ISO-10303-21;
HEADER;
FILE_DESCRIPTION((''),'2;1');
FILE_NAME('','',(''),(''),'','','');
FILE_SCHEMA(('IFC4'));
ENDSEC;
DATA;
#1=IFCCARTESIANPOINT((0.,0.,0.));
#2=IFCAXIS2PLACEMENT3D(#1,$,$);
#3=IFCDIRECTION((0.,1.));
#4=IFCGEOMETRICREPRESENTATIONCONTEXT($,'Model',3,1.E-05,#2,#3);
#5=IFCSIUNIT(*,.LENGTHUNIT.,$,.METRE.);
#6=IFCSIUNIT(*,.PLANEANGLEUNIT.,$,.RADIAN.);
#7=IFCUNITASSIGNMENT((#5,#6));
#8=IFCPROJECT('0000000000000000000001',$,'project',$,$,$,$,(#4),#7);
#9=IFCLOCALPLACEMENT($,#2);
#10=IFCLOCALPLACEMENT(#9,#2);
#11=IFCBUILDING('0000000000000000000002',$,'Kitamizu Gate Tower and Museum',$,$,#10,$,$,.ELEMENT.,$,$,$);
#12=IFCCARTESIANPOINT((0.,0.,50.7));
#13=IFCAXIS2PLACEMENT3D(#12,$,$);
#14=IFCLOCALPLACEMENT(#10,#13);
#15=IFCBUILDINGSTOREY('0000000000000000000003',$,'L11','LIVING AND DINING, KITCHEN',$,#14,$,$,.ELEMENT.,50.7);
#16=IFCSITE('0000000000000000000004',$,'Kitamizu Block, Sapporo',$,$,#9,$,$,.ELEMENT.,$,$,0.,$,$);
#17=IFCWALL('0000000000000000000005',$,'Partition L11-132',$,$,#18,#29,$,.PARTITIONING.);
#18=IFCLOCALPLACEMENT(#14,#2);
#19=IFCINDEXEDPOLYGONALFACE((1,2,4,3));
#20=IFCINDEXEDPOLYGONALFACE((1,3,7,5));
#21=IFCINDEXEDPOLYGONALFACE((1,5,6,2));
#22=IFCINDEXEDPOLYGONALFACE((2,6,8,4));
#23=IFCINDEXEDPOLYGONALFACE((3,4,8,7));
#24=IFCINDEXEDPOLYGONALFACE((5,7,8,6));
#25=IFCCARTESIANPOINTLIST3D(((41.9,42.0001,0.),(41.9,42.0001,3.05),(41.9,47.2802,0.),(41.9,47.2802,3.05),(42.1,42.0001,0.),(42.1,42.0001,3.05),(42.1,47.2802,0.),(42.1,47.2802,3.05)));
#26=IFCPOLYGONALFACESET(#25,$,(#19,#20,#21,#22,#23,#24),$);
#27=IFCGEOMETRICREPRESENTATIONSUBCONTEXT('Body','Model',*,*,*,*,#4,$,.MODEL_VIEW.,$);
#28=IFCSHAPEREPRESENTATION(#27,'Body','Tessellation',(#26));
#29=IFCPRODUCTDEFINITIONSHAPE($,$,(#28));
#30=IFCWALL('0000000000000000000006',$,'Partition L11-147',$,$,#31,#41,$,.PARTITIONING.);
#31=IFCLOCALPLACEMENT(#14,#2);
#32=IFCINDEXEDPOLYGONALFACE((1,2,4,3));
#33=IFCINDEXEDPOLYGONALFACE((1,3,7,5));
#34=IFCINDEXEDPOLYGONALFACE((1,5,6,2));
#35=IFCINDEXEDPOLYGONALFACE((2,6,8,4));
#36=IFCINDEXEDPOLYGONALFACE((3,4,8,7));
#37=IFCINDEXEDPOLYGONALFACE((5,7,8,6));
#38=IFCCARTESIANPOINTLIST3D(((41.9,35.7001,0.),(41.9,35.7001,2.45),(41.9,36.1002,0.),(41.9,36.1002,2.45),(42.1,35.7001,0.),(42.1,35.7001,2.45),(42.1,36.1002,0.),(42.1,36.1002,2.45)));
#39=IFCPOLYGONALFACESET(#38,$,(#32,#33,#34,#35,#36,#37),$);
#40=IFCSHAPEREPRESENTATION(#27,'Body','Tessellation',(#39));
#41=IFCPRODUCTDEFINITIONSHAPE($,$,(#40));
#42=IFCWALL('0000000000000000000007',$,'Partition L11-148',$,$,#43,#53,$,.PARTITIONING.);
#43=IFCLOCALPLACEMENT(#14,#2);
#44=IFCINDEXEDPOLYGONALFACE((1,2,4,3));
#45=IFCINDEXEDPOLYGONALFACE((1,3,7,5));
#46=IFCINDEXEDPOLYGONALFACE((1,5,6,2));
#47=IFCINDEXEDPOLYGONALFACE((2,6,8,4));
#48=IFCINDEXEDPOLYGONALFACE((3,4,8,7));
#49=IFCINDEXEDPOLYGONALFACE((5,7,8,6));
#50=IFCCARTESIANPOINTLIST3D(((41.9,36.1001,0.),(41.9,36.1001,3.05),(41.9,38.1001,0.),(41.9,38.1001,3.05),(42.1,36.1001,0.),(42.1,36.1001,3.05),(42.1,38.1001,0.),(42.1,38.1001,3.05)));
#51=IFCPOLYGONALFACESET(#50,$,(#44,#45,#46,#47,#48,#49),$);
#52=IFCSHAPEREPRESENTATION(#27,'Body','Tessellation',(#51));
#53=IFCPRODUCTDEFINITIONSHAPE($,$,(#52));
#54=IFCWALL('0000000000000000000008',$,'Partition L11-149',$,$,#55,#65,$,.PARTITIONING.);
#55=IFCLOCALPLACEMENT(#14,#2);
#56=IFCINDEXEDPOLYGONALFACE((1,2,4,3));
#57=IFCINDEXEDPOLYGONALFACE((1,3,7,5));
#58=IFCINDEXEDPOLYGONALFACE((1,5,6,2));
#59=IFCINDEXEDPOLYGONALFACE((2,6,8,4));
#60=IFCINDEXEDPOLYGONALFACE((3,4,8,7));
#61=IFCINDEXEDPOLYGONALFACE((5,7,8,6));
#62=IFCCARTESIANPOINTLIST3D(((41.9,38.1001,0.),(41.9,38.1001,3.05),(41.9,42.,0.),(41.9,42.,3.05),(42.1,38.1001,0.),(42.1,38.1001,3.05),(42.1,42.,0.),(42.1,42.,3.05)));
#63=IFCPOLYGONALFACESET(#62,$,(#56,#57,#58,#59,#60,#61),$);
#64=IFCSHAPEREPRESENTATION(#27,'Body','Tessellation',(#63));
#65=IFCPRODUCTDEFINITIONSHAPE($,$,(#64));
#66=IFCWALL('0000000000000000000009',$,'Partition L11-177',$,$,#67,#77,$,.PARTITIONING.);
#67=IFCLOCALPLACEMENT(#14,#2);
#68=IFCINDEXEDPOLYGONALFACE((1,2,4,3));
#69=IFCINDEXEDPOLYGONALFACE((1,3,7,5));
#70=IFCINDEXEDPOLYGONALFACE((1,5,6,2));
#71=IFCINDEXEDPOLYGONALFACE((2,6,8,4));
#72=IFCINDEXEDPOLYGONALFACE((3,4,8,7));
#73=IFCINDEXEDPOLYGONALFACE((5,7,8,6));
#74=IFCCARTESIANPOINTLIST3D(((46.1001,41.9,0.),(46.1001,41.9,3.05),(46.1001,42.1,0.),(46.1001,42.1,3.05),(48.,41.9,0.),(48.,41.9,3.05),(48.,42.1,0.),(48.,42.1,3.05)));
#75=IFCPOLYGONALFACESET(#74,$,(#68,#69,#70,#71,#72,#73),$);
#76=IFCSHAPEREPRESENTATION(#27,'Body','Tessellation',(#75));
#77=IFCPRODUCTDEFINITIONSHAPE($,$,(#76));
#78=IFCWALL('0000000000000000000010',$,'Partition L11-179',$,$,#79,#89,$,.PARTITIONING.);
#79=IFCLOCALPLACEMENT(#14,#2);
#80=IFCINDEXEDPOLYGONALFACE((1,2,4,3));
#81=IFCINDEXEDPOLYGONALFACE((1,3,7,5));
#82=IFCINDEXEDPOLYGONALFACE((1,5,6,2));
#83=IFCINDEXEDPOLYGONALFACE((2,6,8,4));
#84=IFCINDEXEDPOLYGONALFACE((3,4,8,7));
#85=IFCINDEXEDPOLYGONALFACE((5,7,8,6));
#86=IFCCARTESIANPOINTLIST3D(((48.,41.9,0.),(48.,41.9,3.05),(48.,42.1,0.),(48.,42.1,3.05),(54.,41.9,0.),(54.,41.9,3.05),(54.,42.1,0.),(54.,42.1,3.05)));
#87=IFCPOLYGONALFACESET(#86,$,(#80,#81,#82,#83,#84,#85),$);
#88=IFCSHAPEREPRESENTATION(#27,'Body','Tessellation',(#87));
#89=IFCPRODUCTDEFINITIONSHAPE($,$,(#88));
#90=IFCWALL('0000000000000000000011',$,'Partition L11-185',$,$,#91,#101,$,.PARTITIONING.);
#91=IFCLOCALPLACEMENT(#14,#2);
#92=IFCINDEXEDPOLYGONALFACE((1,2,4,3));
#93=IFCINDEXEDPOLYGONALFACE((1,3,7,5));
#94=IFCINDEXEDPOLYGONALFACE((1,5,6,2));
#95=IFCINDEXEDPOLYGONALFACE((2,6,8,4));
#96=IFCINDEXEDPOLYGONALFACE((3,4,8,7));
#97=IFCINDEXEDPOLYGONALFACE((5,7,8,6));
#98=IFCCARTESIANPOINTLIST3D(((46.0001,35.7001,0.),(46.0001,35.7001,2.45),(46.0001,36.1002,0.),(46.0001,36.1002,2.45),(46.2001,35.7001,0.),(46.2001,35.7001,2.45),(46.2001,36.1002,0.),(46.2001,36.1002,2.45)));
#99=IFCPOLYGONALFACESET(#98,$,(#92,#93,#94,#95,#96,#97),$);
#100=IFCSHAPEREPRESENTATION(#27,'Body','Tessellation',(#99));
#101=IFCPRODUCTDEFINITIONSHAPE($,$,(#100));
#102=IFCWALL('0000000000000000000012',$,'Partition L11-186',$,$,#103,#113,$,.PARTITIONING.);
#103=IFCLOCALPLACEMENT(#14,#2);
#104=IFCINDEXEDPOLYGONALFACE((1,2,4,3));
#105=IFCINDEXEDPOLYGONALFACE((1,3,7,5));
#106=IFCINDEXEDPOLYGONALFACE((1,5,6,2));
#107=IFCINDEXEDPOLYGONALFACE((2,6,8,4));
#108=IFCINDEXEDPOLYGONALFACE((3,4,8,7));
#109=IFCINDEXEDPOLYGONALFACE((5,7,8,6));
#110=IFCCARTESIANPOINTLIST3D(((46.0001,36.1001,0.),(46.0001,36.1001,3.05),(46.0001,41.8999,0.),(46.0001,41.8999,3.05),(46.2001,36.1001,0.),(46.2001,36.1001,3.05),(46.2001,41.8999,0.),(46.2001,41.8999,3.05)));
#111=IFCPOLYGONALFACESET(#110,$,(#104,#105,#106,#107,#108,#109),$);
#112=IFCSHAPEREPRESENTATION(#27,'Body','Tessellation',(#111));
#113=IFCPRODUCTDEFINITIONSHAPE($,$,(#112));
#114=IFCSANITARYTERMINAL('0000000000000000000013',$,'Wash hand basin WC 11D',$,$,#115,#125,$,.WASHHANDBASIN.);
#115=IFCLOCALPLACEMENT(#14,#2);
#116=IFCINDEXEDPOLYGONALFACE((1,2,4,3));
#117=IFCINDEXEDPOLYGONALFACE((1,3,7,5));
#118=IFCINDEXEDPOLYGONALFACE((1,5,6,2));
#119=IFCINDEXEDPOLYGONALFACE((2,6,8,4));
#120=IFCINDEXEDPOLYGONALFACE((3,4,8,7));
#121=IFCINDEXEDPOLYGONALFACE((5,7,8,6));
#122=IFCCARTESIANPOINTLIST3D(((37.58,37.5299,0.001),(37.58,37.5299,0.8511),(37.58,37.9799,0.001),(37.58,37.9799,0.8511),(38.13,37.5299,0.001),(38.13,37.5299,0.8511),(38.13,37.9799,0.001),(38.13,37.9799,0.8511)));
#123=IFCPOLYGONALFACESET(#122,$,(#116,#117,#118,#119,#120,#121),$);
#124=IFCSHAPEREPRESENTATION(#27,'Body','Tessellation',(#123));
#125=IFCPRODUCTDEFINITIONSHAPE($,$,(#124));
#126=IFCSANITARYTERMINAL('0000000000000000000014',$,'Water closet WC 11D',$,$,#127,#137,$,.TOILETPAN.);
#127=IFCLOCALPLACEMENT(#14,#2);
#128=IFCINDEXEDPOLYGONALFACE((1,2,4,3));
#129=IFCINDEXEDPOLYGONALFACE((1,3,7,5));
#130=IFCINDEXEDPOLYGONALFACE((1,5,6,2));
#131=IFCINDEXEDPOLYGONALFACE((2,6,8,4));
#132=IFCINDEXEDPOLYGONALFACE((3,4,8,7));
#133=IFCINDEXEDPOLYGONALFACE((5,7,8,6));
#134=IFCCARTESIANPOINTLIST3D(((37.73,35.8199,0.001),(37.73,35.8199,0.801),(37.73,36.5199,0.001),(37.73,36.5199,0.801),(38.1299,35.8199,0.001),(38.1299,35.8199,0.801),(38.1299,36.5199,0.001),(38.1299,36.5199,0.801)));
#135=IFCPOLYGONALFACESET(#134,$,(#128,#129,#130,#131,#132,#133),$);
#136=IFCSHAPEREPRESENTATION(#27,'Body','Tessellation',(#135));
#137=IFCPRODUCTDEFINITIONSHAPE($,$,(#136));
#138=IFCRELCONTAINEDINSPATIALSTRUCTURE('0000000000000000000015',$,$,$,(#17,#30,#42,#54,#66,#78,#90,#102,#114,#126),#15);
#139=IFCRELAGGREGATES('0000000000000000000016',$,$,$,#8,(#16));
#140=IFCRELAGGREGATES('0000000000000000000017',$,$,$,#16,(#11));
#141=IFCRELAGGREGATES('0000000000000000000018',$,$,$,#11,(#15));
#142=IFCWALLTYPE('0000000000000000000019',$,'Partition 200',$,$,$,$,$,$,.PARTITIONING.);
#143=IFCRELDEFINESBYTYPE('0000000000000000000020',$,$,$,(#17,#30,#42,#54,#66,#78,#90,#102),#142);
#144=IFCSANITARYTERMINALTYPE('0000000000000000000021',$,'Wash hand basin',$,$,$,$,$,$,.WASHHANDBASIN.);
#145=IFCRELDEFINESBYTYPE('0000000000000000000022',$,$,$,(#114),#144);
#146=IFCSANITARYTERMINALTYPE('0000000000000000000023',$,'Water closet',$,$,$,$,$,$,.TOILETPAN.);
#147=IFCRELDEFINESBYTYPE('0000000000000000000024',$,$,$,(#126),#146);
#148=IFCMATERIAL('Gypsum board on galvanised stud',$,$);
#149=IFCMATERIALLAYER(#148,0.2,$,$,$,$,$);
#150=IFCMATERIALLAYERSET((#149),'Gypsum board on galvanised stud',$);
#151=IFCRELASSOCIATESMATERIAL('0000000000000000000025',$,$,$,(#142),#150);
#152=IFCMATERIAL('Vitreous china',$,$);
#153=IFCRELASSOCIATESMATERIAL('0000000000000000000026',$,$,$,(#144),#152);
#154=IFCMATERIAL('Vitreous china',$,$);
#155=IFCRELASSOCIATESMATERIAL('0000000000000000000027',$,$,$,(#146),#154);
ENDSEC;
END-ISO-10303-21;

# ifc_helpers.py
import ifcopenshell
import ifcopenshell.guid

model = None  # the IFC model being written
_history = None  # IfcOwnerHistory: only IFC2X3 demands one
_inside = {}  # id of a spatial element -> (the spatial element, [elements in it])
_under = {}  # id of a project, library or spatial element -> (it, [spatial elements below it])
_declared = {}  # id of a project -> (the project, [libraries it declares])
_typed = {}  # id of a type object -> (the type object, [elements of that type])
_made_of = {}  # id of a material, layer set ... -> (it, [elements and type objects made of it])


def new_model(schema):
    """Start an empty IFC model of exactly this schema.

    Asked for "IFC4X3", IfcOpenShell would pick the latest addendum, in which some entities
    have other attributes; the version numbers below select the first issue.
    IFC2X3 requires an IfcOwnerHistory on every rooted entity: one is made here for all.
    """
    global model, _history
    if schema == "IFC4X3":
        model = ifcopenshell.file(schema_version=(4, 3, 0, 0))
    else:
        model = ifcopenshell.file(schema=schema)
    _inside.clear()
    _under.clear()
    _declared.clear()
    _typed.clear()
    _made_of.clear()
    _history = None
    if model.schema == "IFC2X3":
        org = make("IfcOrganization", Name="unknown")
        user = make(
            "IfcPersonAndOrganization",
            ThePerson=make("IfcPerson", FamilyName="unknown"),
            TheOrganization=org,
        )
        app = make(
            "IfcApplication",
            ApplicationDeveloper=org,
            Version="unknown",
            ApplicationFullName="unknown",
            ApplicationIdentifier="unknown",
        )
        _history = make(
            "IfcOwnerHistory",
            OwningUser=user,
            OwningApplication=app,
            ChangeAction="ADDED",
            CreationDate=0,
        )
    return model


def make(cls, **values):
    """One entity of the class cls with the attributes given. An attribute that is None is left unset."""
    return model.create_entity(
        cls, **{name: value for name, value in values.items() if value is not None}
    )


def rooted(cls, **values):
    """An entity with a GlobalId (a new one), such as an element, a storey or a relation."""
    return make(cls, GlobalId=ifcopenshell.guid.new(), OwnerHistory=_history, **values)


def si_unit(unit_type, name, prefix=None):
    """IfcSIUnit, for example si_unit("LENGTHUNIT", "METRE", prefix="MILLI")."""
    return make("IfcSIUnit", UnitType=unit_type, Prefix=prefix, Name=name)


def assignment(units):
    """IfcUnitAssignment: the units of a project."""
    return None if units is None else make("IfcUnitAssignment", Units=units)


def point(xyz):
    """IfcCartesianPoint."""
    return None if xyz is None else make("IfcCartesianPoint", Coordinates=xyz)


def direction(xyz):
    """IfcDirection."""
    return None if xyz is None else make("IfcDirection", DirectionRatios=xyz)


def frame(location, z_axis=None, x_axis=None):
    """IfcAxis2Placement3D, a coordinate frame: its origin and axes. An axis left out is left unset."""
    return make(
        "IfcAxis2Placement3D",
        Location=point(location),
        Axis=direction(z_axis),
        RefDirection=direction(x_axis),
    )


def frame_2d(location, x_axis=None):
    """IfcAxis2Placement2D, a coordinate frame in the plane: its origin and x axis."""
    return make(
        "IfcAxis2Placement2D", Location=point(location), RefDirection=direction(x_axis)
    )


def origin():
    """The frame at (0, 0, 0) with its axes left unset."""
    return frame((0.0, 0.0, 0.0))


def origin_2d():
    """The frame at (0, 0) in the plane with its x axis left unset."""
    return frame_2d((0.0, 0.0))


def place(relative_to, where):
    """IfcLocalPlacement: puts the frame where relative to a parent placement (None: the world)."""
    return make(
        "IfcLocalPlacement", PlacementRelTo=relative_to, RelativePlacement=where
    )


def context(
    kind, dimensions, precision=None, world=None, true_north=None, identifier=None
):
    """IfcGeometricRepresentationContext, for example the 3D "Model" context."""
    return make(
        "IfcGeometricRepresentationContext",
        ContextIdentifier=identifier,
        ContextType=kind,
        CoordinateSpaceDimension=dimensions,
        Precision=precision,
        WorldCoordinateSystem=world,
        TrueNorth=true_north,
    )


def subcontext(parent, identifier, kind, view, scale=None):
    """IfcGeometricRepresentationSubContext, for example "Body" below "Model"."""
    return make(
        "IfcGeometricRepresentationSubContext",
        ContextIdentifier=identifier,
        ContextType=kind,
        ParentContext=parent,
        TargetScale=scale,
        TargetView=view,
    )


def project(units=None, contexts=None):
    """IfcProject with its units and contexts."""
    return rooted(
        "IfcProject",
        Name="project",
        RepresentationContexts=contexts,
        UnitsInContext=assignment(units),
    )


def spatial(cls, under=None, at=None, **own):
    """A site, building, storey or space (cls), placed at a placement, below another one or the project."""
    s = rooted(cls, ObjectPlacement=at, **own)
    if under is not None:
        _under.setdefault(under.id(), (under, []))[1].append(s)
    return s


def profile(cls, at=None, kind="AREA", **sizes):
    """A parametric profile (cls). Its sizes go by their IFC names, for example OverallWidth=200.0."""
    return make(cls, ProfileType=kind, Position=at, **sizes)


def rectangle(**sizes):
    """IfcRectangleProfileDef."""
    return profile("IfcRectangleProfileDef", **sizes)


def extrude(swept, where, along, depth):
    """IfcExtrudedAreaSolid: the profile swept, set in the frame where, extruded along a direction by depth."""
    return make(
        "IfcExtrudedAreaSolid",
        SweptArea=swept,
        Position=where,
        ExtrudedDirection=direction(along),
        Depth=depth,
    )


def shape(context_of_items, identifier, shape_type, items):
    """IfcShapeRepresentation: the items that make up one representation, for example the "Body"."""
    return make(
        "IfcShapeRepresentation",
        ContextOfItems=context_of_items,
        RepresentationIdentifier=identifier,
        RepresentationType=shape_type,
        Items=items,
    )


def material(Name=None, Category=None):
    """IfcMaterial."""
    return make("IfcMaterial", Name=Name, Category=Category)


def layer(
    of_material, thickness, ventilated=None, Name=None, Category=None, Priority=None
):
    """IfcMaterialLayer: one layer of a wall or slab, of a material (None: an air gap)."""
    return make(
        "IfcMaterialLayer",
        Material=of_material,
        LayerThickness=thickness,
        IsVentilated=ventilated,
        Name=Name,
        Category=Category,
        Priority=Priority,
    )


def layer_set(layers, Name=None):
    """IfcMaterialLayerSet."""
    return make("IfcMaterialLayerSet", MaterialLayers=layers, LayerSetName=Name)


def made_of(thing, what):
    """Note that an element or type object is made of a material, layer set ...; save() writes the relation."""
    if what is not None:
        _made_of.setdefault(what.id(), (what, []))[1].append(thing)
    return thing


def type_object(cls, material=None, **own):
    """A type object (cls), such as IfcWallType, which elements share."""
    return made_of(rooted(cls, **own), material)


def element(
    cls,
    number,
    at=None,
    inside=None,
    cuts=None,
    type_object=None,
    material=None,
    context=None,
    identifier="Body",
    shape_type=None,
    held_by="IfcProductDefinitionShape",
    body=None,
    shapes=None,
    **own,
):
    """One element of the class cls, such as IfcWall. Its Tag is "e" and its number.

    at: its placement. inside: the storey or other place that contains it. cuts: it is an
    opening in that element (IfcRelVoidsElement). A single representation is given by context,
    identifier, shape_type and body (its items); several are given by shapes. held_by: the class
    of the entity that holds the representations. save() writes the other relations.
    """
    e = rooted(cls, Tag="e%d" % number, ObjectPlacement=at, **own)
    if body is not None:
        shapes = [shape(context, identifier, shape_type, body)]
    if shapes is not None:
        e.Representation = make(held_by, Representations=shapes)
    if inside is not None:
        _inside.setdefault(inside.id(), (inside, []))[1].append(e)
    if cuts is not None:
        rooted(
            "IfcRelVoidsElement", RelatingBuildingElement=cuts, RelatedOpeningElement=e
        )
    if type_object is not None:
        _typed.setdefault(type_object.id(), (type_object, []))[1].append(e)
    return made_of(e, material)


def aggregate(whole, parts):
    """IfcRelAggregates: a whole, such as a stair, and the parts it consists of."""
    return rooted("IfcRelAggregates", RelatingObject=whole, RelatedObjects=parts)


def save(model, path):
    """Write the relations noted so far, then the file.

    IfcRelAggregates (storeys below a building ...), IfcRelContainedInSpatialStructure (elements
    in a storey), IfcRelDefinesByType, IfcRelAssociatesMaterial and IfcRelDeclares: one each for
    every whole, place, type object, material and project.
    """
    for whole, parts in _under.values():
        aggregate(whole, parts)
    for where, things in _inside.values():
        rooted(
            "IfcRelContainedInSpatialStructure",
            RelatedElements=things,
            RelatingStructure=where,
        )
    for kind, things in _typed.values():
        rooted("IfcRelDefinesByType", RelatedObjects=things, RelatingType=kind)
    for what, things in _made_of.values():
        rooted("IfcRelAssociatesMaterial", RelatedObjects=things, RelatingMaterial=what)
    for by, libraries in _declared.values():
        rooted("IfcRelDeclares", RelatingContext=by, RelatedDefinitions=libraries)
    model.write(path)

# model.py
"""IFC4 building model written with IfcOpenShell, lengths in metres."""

from ifc_helpers import new_model, si_unit, direction, frame, frame_2d, origin, origin_2d, place, context, subcontext, project, spatial, rectangle, extrude, material, layer, layer_set, type_object, element, save


model = new_model("IFC4")

# Units and contexts
model_context = context("Model", 3, precision=1e-05, world=origin(), true_north=direction((0.0, 1.0)))
body_context = subcontext(model_context, "Body", "Model", "MODEL_VIEW")
ifc_project = project(units=[si_unit("LENGTHUNIT", "METRE"), si_unit("PLANEANGLEUNIT", "RADIAN")], contexts=[model_context])

# Site, building, storey
site_placement = place(None, origin())
site = spatial("IfcSite", under=ifc_project, at=site_placement, Name="Kitamizu Block, Sapporo", CompositionType="ELEMENT", RefElevation=0.0)
building_placement = place(site_placement, origin())
building = spatial("IfcBuilding", under=site, at=building_placement, Name="Kitamizu Gate Tower and Museum", CompositionType="ELEMENT")
storey_placement = place(building_placement, frame((0.0, 0.0, 50.7)))
storey = spatial("IfcBuildingStorey", under=building, at=storey_placement, Name="L11", Description="LIVING AND DINING, KITCHEN", CompositionType="ELEMENT", Elevation=50.7)

# Walls
ifc_material_1 = material(Name="Gypsum board on galvanised stud")
ifc_layer_1 = layer(ifc_material_1, 0.2)
ifc_layer_set_1 = layer_set([ifc_layer_1], Name="Gypsum board on galvanised stud")
wall_type_1 = type_object("IfcWallType", Name="Partition 200", PredefinedType="PARTITIONING", material=ifc_layer_set_1)
wall_1_placement = place(storey_placement, frame((42.0, 42.0, 0.0), z_axis=(0.0, 0.0, 1.0), x_axis=(0.0, 1.0, 0.0)))
element("IfcWall", 1, at=wall_1_placement, inside=storey, type_object=wall_type_1, Name="Partition L11-132", PredefinedType="PARTITIONING", context=body_context, shape_type="SweptSolid", body=[
    extrude(rectangle(XDim=5.28, YDim=0.2, at=frame_2d((2.6401, 0.0))), origin(), (0.0, 0.0, 1.0), 3.05),
])
wall_2_placement = place(storey_placement, frame((42.0, 35.7, 0.0), z_axis=(0.0, 0.0, 1.0), x_axis=(0.0, 1.0, 0.0)))
element("IfcWall", 2, at=wall_2_placement, inside=storey, type_object=wall_type_1, Name="Partition L11-147", PredefinedType="PARTITIONING", context=body_context, shape_type="SweptSolid", body=[
    extrude(rectangle(XDim=0.4001, YDim=0.2, at=frame_2d((0.2002, 0.0))), origin(), (0.0, 0.0, 1.0), 2.45),
])
wall_3_placement = place(storey_placement, frame((42.0, 36.1001, 0.0), z_axis=(0.0, 0.0, 1.0), x_axis=(0.0, 1.0, 0.0)))
element("IfcWall", 3, at=wall_3_placement, inside=storey, type_object=wall_type_1, Name="Partition L11-148", PredefinedType="PARTITIONING", context=body_context, shape_type="SweptSolid", body=[
    extrude(rectangle(XDim=2.0, YDim=0.2, at=frame_2d((1.0, 0.0))), origin(), (0.0, 0.0, 1.0), 3.05),
])
wall_4_placement = place(storey_placement, frame((42.0, 38.1001, 0.0), z_axis=(0.0, 0.0, 1.0), x_axis=(0.0, 1.0, 0.0)))
element("IfcWall", 4, at=wall_4_placement, inside=storey, type_object=wall_type_1, Name="Partition L11-149", PredefinedType="PARTITIONING", context=body_context, shape_type="SweptSolid", body=[
    extrude(rectangle(XDim=3.8999, YDim=0.2, at=frame_2d((1.95, 0.0))), origin(), (0.0, 0.0, 1.0), 3.05),
])
wall_5_placement = place(storey_placement, frame((46.1001, 42.0, 0.0), z_axis=(0.0, 0.0, 1.0), x_axis=(1.0, 0.0, 0.0)))
element("IfcWall", 5, at=wall_5_placement, inside=storey, type_object=wall_type_1, Name="Partition L11-177", PredefinedType="PARTITIONING", context=body_context, shape_type="SweptSolid", body=[
    extrude(rectangle(XDim=1.8999, YDim=0.2, at=frame_2d((0.95, 0.0))), origin(), (0.0, 0.0, 1.0), 3.05),
])
wall_6_placement = place(storey_placement, frame((48.0, 42.0, 0.0), z_axis=(0.0, 0.0, 1.0), x_axis=(1.0, 0.0, 0.0)))
element("IfcWall", 6, at=wall_6_placement, inside=storey, type_object=wall_type_1, Name="Partition L11-179", PredefinedType="PARTITIONING", context=body_context, shape_type="SweptSolid", body=[
    extrude(rectangle(XDim=6.0, YDim=0.2, at=frame_2d((3.0, 0.0))), origin(), (0.0, 0.0, 1.0), 3.05),
])
wall_7_placement = place(storey_placement, frame((46.1001, 35.7, 0.0), z_axis=(0.0, 0.0, 1.0), x_axis=(0.0, 1.0, 0.0)))
element("IfcWall", 7, at=wall_7_placement, inside=storey, type_object=wall_type_1, Name="Partition L11-185", PredefinedType="PARTITIONING", context=body_context, shape_type="SweptSolid", body=[
    extrude(rectangle(XDim=0.4001, YDim=0.2, at=frame_2d((0.2002, 0.0))), origin(), (0.0, 0.0, 1.0), 2.45),
])
wall_8_placement = place(storey_placement, frame((46.1001, 36.1001, 0.0), z_axis=(0.0, 0.0, 1.0), x_axis=(0.0, 1.0, 0.0)))
element("IfcWall", 8, at=wall_8_placement, inside=storey, type_object=wall_type_1, Name="Partition L11-186", PredefinedType="PARTITIONING", context=body_context, shape_type="SweptSolid", body=[
    extrude(rectangle(XDim=5.7998, YDim=0.2, at=frame_2d((2.8999, 0.0))), origin(), (0.0, 0.0, 1.0), 3.05),
])

# Sanitary terminals
ifc_material_2 = material(Name="Vitreous china")
sanitary_terminal_type_1 = type_object("IfcSanitaryTerminalType", Name="Wash hand basin", PredefinedType="WASHHANDBASIN", material=ifc_material_2)
sanitary_terminal_1_placement = place(storey_placement, frame((37.855, 37.7549, 0.001), z_axis=(0.0, 0.0, 1.0), x_axis=(1.0, 0.0, 0.0)))
element("IfcSanitaryTerminal", 9, at=sanitary_terminal_1_placement, inside=storey, type_object=sanitary_terminal_type_1, Name="Wash hand basin WC 11D", PredefinedType="WASHHANDBASIN", context=body_context, shape_type="SweptSolid", body=[
    extrude(rectangle(XDim=0.55, YDim=0.45, at=origin_2d()), origin(), (0.0, 0.0, 1.0), 0.8501),
])
ifc_material_3 = material(Name="Vitreous china")
sanitary_terminal_type_2 = type_object("IfcSanitaryTerminalType", Name="Water closet", PredefinedType="TOILETPAN", material=ifc_material_3)
sanitary_terminal_2_placement = place(storey_placement, frame((37.9299, 36.1699, 0.001), z_axis=(0.0, 0.0, 1.0), x_axis=(1.0, 0.0, 0.0)))
element("IfcSanitaryTerminal", 10, at=sanitary_terminal_2_placement, inside=storey, type_object=sanitary_terminal_type_2, Name="Water closet WC 11D", PredefinedType="TOILETPAN", context=body_context, shape_type="SweptSolid", body=[
    extrude(rectangle(XDim=0.3999, YDim=0.7, at=origin_2d()), origin(), (0.0, 0.0, 1.0), 0.8),
])

save(model, "model.ifc")
